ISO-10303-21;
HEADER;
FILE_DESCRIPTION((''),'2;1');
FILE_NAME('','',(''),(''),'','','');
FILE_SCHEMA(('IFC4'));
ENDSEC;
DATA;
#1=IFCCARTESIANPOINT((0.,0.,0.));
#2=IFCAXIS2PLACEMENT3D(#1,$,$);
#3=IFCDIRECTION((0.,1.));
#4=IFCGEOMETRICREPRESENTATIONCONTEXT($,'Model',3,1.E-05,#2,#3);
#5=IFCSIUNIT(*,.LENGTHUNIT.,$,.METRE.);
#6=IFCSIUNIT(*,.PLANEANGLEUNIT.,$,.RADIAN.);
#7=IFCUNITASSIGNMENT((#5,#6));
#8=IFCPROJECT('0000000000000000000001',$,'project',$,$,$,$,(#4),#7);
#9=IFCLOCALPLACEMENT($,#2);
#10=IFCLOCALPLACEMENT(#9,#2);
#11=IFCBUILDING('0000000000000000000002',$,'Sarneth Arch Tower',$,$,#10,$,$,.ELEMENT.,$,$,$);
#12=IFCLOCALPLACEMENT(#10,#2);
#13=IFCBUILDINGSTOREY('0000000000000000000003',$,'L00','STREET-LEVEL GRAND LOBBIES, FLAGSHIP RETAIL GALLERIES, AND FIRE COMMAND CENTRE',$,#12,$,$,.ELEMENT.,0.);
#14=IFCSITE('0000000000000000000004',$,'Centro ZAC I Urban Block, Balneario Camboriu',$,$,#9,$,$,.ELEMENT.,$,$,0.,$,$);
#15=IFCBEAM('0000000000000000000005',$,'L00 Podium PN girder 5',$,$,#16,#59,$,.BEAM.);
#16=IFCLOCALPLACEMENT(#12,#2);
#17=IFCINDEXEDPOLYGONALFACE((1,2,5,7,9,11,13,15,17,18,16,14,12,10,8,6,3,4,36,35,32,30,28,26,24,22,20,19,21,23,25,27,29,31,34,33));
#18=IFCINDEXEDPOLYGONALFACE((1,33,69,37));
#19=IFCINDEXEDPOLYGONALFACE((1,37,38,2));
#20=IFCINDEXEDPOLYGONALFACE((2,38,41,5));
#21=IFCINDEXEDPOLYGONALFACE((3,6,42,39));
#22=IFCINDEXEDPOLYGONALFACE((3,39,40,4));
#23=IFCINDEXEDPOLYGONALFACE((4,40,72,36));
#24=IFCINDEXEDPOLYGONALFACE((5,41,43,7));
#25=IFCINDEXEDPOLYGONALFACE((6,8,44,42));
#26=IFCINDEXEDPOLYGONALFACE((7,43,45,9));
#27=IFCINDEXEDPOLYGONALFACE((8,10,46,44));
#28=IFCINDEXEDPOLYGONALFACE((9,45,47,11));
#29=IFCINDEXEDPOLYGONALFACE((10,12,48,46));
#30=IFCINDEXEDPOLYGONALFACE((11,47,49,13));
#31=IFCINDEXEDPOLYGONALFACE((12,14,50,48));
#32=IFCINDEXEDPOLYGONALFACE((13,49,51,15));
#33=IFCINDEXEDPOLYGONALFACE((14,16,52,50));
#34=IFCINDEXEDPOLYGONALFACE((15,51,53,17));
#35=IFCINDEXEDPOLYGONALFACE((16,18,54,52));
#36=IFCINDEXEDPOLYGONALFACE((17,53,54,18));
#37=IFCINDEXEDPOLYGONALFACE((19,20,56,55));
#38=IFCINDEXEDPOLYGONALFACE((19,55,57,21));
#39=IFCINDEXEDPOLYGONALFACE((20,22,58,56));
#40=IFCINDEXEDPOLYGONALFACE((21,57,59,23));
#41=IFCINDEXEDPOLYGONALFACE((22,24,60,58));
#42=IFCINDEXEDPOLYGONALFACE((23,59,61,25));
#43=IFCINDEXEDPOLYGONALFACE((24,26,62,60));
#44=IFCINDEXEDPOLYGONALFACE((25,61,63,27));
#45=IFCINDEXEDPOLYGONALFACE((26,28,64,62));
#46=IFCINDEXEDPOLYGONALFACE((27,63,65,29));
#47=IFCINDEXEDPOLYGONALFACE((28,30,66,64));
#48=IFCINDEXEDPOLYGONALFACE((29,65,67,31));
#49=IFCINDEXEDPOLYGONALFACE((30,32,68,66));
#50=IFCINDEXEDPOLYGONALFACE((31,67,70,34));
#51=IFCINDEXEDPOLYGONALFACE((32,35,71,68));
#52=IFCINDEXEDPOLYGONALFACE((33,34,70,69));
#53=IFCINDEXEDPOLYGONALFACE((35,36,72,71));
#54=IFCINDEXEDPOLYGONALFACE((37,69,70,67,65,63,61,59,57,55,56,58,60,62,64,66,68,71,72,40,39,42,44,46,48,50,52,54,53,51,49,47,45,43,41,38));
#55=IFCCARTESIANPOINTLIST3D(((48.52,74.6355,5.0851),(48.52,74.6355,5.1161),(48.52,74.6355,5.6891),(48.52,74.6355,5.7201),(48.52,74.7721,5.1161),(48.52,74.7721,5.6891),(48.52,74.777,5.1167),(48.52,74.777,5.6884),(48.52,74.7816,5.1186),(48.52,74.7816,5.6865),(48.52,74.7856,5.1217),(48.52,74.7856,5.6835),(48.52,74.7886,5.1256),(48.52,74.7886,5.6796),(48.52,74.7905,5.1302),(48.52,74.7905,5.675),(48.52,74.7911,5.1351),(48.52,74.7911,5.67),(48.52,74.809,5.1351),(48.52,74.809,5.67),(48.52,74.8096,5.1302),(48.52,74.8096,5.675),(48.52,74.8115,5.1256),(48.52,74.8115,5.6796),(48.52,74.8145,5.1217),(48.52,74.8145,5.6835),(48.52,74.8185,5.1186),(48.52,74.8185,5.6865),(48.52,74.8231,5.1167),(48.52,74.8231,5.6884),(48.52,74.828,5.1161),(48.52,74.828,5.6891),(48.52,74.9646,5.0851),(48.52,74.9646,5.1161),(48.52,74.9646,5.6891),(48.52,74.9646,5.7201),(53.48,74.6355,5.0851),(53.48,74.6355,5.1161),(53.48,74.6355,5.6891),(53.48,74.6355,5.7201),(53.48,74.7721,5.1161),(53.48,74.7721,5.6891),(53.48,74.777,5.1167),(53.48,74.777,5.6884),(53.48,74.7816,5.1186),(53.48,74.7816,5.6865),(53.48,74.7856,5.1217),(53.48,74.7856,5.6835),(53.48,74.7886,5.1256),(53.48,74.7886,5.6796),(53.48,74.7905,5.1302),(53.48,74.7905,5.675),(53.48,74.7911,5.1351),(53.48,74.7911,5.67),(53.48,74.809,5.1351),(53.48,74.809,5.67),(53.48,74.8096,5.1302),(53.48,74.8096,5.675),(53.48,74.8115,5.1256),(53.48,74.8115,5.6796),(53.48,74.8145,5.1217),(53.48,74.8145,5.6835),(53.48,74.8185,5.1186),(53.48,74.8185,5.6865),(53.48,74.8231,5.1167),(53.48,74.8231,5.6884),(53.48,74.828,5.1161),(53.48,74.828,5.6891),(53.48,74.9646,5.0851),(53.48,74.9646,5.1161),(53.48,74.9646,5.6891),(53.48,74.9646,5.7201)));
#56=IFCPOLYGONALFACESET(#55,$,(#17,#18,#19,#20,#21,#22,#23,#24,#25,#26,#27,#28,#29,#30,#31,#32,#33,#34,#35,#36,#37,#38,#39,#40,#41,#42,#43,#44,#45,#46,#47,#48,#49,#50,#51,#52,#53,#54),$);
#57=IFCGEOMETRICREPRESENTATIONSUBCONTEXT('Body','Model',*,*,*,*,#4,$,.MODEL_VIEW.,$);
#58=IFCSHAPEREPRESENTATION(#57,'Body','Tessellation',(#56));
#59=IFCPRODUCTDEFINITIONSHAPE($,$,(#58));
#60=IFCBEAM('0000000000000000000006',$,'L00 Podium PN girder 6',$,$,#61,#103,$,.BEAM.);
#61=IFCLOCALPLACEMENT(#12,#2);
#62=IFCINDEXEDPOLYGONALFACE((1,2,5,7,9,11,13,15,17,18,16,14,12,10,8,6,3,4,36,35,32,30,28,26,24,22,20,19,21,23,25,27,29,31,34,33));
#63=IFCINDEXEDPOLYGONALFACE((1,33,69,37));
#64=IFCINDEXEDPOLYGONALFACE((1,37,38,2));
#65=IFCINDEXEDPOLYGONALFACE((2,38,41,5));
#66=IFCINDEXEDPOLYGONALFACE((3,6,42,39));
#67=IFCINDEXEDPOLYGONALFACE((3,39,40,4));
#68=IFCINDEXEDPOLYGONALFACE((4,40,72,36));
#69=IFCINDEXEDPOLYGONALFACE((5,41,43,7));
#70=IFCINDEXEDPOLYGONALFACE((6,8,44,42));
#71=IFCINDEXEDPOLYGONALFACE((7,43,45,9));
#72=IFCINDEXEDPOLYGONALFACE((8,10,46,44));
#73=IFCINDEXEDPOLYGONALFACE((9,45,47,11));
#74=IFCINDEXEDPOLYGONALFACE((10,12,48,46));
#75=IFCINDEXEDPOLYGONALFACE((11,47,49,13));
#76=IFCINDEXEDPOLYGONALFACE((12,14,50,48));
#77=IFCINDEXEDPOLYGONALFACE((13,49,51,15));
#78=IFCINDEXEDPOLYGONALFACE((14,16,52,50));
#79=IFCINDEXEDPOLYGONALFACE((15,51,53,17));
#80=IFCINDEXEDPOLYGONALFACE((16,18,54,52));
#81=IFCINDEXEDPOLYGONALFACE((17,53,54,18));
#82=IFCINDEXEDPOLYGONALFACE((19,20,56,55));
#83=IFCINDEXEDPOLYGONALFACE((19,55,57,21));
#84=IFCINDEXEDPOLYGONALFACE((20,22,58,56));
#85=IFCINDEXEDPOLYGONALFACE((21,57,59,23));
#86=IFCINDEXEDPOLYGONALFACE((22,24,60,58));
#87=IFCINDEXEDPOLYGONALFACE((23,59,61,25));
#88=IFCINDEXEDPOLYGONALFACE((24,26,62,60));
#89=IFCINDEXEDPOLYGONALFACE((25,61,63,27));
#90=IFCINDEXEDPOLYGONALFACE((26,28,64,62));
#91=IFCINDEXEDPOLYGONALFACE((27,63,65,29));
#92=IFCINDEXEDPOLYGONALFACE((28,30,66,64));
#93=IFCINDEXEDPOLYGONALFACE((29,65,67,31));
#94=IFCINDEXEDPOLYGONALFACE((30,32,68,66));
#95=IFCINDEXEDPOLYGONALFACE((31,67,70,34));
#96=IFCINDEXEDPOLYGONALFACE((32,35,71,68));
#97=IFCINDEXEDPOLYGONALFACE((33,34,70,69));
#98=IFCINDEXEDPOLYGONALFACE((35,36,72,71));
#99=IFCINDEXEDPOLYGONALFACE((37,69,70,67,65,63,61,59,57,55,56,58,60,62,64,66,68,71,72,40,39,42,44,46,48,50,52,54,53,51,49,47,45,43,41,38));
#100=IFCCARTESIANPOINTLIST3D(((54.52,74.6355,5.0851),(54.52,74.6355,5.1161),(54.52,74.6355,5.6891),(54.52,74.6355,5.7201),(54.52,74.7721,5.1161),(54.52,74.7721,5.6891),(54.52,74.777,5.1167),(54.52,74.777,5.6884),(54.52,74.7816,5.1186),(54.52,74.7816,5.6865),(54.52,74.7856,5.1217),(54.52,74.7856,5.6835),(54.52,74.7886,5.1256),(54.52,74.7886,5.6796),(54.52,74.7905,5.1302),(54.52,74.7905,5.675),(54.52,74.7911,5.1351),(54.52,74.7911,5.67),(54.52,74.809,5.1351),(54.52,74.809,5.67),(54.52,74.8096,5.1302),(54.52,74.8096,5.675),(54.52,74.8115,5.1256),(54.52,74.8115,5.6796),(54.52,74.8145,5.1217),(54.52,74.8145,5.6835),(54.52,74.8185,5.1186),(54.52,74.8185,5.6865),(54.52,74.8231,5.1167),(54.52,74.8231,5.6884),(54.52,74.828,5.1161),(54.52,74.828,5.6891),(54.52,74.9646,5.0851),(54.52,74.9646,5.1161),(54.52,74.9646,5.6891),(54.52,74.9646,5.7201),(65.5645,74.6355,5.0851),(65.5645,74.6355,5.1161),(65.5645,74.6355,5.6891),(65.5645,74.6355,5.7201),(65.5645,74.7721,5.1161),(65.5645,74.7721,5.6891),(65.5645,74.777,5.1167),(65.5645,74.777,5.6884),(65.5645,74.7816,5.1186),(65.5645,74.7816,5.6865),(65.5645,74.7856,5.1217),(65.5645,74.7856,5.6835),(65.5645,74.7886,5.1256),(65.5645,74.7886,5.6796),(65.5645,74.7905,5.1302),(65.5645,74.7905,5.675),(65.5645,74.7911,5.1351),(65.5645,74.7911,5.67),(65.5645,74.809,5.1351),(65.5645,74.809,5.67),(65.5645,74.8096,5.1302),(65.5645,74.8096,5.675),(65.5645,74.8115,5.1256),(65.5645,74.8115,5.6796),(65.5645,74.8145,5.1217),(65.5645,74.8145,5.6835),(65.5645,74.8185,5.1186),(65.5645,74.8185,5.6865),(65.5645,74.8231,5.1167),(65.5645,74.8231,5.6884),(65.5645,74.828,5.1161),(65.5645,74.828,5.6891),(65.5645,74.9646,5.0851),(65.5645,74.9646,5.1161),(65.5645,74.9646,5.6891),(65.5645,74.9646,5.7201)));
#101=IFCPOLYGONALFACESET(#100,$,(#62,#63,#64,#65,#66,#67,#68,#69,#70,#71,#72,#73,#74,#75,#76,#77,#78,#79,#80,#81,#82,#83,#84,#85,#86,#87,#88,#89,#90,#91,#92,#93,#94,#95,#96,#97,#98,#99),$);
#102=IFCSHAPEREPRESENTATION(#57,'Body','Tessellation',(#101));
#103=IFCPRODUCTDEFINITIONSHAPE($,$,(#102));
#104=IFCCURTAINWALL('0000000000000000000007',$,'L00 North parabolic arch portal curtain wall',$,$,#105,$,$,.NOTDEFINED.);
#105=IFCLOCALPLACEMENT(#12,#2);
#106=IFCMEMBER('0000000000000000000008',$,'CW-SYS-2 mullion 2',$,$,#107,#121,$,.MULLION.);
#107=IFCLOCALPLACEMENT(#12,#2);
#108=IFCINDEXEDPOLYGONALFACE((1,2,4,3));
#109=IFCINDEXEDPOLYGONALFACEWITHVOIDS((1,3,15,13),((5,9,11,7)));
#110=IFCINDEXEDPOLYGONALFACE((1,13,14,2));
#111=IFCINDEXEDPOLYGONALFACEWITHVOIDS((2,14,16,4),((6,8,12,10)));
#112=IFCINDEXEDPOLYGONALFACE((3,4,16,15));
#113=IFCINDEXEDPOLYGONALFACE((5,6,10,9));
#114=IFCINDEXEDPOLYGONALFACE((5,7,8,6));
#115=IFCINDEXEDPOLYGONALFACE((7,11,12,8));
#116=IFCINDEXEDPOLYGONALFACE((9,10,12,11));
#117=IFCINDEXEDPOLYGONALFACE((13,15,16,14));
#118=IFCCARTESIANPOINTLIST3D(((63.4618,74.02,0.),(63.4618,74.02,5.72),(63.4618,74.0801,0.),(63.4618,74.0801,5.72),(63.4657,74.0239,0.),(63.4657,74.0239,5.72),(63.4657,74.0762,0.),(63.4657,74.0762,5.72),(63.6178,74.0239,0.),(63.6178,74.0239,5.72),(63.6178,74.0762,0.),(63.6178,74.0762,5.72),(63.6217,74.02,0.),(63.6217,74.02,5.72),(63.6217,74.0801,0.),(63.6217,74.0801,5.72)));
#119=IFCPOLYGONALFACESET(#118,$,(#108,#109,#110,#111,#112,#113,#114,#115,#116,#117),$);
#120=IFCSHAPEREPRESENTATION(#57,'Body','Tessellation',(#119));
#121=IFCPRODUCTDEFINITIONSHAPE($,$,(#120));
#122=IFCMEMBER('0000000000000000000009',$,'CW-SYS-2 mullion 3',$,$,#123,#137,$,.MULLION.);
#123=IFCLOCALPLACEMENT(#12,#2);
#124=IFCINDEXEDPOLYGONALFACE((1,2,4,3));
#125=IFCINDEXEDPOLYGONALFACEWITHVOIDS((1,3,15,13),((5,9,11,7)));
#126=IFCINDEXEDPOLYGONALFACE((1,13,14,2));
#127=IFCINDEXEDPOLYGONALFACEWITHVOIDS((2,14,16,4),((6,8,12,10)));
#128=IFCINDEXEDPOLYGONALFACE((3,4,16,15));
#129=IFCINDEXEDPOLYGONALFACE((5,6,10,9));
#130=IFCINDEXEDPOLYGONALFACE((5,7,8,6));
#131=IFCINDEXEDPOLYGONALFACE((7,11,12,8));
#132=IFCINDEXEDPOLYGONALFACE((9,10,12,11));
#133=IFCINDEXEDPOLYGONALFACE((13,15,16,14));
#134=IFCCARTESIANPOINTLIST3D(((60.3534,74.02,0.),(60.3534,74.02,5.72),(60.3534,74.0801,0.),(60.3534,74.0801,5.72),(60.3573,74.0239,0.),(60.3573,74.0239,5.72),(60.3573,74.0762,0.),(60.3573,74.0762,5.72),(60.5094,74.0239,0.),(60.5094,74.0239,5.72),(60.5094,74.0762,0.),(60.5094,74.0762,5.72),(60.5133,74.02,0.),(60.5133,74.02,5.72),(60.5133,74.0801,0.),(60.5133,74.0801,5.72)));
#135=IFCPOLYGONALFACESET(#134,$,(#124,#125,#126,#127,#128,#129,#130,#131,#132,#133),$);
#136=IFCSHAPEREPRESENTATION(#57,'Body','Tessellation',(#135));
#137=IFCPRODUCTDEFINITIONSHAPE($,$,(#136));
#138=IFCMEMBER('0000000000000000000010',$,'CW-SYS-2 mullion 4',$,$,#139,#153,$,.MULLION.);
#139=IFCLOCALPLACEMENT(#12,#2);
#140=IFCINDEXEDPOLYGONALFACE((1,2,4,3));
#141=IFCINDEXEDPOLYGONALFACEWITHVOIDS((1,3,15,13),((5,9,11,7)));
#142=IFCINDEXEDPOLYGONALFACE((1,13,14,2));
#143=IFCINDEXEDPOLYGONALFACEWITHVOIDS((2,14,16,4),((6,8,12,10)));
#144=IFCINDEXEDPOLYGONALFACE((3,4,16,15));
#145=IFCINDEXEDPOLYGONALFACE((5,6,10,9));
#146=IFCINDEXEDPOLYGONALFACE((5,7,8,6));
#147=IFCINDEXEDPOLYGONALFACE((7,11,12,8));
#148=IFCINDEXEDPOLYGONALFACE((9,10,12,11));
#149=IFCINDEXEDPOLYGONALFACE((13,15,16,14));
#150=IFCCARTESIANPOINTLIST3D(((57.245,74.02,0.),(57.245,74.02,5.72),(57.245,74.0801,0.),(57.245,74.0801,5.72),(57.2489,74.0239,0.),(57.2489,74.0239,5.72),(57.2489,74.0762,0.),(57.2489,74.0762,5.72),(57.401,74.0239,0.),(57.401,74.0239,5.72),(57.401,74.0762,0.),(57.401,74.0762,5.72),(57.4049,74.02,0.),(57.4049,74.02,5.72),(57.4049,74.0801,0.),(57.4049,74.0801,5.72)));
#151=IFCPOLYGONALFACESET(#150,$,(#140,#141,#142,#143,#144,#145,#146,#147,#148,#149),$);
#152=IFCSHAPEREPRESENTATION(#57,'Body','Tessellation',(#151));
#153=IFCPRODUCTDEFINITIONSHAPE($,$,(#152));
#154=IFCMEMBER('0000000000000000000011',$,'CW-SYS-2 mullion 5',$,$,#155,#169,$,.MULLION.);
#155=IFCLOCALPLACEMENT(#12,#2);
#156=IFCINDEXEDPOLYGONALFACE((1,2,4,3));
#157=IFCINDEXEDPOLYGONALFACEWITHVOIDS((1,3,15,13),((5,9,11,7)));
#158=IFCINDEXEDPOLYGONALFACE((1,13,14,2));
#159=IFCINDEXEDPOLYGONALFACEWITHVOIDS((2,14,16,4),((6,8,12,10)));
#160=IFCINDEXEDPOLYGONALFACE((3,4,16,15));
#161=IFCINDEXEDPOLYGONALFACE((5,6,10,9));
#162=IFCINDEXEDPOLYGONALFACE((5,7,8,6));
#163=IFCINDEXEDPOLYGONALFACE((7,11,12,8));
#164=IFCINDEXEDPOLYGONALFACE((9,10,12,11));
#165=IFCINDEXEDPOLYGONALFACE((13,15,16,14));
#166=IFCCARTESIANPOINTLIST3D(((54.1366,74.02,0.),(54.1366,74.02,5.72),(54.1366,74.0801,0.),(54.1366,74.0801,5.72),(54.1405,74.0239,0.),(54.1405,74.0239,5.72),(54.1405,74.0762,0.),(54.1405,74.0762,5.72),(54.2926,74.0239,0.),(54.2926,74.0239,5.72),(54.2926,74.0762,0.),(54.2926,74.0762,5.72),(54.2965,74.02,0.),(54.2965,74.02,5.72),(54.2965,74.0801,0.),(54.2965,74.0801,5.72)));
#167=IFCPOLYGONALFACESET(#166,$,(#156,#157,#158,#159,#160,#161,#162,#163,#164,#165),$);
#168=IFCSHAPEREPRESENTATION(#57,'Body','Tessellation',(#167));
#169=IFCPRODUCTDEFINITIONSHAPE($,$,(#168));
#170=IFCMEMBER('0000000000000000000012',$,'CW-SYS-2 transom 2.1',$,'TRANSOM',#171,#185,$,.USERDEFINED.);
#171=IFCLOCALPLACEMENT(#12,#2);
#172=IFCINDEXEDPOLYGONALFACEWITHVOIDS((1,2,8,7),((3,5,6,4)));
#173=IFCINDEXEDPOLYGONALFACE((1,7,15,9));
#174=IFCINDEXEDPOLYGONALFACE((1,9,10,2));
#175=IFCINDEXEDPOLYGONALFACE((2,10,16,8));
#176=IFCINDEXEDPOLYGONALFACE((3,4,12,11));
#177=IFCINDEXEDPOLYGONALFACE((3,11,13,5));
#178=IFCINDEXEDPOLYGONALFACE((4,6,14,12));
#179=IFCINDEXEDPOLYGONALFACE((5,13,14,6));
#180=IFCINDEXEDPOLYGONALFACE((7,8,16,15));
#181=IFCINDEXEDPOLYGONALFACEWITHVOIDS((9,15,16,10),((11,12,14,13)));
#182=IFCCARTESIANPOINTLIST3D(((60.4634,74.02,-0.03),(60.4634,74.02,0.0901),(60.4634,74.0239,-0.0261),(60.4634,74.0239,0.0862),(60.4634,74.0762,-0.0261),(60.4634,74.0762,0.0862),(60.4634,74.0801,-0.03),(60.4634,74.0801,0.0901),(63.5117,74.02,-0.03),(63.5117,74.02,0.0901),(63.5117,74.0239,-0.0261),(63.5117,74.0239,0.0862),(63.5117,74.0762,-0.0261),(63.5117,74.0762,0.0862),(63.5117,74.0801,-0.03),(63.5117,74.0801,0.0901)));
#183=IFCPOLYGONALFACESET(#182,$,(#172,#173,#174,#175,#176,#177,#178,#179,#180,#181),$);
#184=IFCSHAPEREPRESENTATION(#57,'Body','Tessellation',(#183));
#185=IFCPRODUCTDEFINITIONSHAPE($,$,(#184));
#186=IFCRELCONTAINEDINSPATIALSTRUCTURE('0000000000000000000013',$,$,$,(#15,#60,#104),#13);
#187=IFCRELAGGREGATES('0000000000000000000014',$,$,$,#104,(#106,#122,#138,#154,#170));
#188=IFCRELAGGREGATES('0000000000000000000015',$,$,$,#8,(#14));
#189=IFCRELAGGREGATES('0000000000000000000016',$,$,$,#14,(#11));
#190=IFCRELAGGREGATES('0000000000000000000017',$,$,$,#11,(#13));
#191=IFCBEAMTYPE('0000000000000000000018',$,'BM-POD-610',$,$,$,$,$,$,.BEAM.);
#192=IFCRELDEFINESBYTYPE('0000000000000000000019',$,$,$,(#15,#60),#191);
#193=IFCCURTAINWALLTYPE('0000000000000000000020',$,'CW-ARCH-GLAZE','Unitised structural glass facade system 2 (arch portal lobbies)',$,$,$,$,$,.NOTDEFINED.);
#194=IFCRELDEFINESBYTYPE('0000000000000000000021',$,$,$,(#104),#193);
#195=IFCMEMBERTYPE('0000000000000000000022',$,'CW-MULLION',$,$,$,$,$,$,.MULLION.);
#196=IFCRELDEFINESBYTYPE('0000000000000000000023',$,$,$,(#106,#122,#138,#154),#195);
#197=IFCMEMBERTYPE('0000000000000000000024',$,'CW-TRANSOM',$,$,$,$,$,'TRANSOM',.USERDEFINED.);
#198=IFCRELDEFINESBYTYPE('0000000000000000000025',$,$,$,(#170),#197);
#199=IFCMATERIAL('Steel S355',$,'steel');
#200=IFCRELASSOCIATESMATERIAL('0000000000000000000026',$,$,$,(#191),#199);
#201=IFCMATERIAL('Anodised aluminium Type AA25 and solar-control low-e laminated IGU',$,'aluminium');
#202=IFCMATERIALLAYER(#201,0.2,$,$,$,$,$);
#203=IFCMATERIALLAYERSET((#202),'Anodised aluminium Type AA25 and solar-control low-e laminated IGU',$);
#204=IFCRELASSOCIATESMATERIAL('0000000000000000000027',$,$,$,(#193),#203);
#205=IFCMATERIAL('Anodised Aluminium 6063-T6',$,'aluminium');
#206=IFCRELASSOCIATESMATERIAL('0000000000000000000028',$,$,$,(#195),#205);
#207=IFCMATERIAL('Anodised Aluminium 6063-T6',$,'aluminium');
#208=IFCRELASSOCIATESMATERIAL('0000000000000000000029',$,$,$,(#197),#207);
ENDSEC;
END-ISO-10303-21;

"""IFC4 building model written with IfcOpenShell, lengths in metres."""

from ifc_helpers import new_model, si_unit, direction, frame, origin, origin_2d, place, context, subcontext, project, spatial, hollow_rectangle, i_section, extrude, material, layer, layer_set, material_profile, profile_set, type_object, element, aggregate, save


model = new_model("IFC4")

# Units and contexts
model_context = context("Model", 3, precision=1e-05, world=origin(), true_north=direction((0.0, 1.0)))
body_context = subcontext(model_context, "Body", "Model", "MODEL_VIEW")
ifc_project = project(units=[si_unit("LENGTHUNIT", "METRE"), si_unit("PLANEANGLEUNIT", "RADIAN")], contexts=[model_context])

# Site, building, storey
site_placement = place(None, origin())
site = spatial("IfcSite", under=ifc_project, at=site_placement, Name="Centro ZAC I Urban Block, Balneario Camboriu", CompositionType="ELEMENT", RefElevation=0.0)
building_placement = place(site_placement, origin())
building = spatial("IfcBuilding", under=site, at=building_placement, Name="Sarneth Arch Tower", CompositionType="ELEMENT")
storey_placement = place(building_placement, origin())
storey = spatial("IfcBuildingStorey", under=building, at=storey_placement, Name="L00", Description="STREET-LEVEL GRAND LOBBIES, FLAGSHIP RETAIL GALLERIES, AND FIRE COMMAND CENTRE", CompositionType="ELEMENT", Elevation=0.0)

# Beams
ifc_material_1 = material(Name="Steel S355", Category="steel")
ifc_material_profile_1 = material_profile(ifc_material_1, i_section(OverallWidth=0.3291, OverallDepth=0.635, WebThickness=0.0178, FlangeThickness=0.031, FilletRadius=0.019, at=origin_2d()), Name="W610x241")
ifc_profile_set_1 = profile_set([ifc_material_profile_1], Name="Steel S355")
beam_type_1 = type_object("IfcBeamType", Name="BM-POD-610", PredefinedType="BEAM", material=ifc_profile_set_1)
beam_1_placement = place(storey_placement, frame((48.52, 74.8, 5.4026), z_axis=(1.0, 0.0, 0.0), x_axis=(0.0, 1.0, 0.0)))
element("IfcBeam", 1, at=beam_1_placement, inside=storey, type_object=beam_type_1, Name="L00 Podium PN girder 5", PredefinedType="BEAM", context=body_context, shape_type="SweptSolid", body=[
    extrude(i_section(OverallWidth=0.3291, OverallDepth=0.635, WebThickness=0.0178, FlangeThickness=0.031, FilletRadius=0.019, at=origin_2d()), origin(), (0.0, 0.0, 1.0), 4.96),
])
beam_2_placement = place(storey_placement, frame((54.52, 74.8, 5.4026), z_axis=(1.0, 0.0, 0.0), x_axis=(0.0, 1.0, 0.0)))
element("IfcBeam", 2, at=beam_2_placement, inside=storey, type_object=beam_type_1, Name="L00 Podium PN girder 6", PredefinedType="BEAM", context=body_context, shape_type="SweptSolid", body=[
    extrude(i_section(OverallWidth=0.3291, OverallDepth=0.635, WebThickness=0.0178, FlangeThickness=0.031, FilletRadius=0.019, at=origin_2d()), origin(), (0.0, 0.0, 1.0), 11.0444),
])

# Curtain wall, members
ifc_material_2 = material(Name="Anodised aluminium Type AA25 and solar-control low-e laminated IGU", Category="aluminium")
ifc_layer_1 = layer(ifc_material_2, 0.2)
ifc_layer_set_1 = layer_set([ifc_layer_1], Name="Anodised aluminium Type AA25 and solar-control low-e laminated IGU")
curtain_wall_type = type_object("IfcCurtainWallType", Name="CW-ARCH-GLAZE", Description="Unitised structural glass facade system 2 (arch portal lobbies)", PredefinedType="NOTDEFINED", material=ifc_layer_set_1)
curtain_wall_placement = place(storey_placement, origin())
curtain_wall = element("IfcCurtainWall", 3, at=curtain_wall_placement, inside=storey, type_object=curtain_wall_type, Name="L00 North parabolic arch portal curtain wall", PredefinedType="NOTDEFINED")
ifc_material_3 = material(Name="Anodised Aluminium 6063-T6", Category="aluminium")
ifc_material_profile_2 = material_profile(ifc_material_3, hollow_rectangle(XDim=0.0601, YDim=0.1599, WallThickness=0.0039, at=origin_2d()), Name="AL-MULL-160x60x4")
ifc_profile_set_2 = profile_set([ifc_material_profile_2], Name="Anodised Aluminium 6063-T6")
member_type_1 = type_object("IfcMemberType", Name="CW-MULLION", PredefinedType="MULLION", material=ifc_profile_set_2)
member_1_placement = place(storey_placement, frame((63.5417, 74.05, 0.0), z_axis=(0.0, 0.0, 1.0), x_axis=(0.0, -1.0, 0.0)))
member_1 = element("IfcMember", 4, at=member_1_placement, type_object=member_type_1, Name="CW-SYS-2 mullion 2", PredefinedType="MULLION", context=body_context, shape_type="SweptSolid", body=[
    extrude(hollow_rectangle(XDim=0.0601, YDim=0.1599, WallThickness=0.0039, at=origin_2d()), origin(), (0.0, 0.0, 1.0), 5.72),
])
member_2_placement = place(storey_placement, frame((60.4333, 74.05, 0.0), z_axis=(0.0, 0.0, 1.0), x_axis=(0.0, -1.0, 0.0)))
member_2 = element("IfcMember", 5, at=member_2_placement, type_object=member_type_1, Name="CW-SYS-2 mullion 3", PredefinedType="MULLION", context=body_context, shape_type="SweptSolid", body=[
    extrude(hollow_rectangle(XDim=0.0601, YDim=0.1599, WallThickness=0.0039, at=origin_2d()), origin(), (0.0, 0.0, 1.0), 5.72),
])
member_3_placement = place(storey_placement, frame((57.325, 74.05, 0.0), z_axis=(0.0, 0.0, 1.0), x_axis=(0.0, -1.0, 0.0)))
member_3 = element("IfcMember", 6, at=member_3_placement, type_object=member_type_1, Name="CW-SYS-2 mullion 4", PredefinedType="MULLION", context=body_context, shape_type="SweptSolid", body=[
    extrude(hollow_rectangle(XDim=0.0601, YDim=0.1599, WallThickness=0.0039, at=origin_2d()), origin(), (0.0, 0.0, 1.0), 5.72),
])
member_4_placement = place(storey_placement, frame((54.2166, 74.05, 0.0), z_axis=(0.0, 0.0, 1.0), x_axis=(0.0, -1.0, 0.0)))
member_4 = element("IfcMember", 7, at=member_4_placement, type_object=member_type_1, Name="CW-SYS-2 mullion 5", PredefinedType="MULLION", context=body_context, shape_type="SweptSolid", body=[
    extrude(hollow_rectangle(XDim=0.0601, YDim=0.1599, WallThickness=0.0039, at=origin_2d()), origin(), (0.0, 0.0, 1.0), 5.72),
])
ifc_material_4 = material(Name="Anodised Aluminium 6063-T6", Category="aluminium")
ifc_material_profile_3 = material_profile(ifc_material_4, hollow_rectangle(XDim=0.0601, YDim=0.1201, WallThickness=0.0039, at=origin_2d()), Name="AL-TRAN-120x60x4")
ifc_profile_set_3 = profile_set([ifc_material_profile_3], Name="Anodised Aluminium 6063-T6")
member_type_2 = type_object("IfcMemberType", Name="CW-TRANSOM", ElementType="TRANSOM", PredefinedType="USERDEFINED", material=ifc_profile_set_3)
member_5_placement = place(storey_placement, frame((63.5117, 74.05, 0.03), z_axis=(-1.0, 0.0, 0.0), x_axis=(0.0, -1.0, 0.0)))
member_5 = element("IfcMember", 8, at=member_5_placement, type_object=member_type_2, Name="CW-SYS-2 transom 2.1", ObjectType="TRANSOM", PredefinedType="USERDEFINED", context=body_context, shape_type="SweptSolid", body=[
    extrude(hollow_rectangle(XDim=0.0601, YDim=0.1201, WallThickness=0.0039, at=origin_2d()), origin(), (0.0, 0.0, 1.0), 3.0483),
])

aggregate(curtain_wall, [member_1, member_2, member_3, member_4, member_5])

save(model, "model.ifc")
